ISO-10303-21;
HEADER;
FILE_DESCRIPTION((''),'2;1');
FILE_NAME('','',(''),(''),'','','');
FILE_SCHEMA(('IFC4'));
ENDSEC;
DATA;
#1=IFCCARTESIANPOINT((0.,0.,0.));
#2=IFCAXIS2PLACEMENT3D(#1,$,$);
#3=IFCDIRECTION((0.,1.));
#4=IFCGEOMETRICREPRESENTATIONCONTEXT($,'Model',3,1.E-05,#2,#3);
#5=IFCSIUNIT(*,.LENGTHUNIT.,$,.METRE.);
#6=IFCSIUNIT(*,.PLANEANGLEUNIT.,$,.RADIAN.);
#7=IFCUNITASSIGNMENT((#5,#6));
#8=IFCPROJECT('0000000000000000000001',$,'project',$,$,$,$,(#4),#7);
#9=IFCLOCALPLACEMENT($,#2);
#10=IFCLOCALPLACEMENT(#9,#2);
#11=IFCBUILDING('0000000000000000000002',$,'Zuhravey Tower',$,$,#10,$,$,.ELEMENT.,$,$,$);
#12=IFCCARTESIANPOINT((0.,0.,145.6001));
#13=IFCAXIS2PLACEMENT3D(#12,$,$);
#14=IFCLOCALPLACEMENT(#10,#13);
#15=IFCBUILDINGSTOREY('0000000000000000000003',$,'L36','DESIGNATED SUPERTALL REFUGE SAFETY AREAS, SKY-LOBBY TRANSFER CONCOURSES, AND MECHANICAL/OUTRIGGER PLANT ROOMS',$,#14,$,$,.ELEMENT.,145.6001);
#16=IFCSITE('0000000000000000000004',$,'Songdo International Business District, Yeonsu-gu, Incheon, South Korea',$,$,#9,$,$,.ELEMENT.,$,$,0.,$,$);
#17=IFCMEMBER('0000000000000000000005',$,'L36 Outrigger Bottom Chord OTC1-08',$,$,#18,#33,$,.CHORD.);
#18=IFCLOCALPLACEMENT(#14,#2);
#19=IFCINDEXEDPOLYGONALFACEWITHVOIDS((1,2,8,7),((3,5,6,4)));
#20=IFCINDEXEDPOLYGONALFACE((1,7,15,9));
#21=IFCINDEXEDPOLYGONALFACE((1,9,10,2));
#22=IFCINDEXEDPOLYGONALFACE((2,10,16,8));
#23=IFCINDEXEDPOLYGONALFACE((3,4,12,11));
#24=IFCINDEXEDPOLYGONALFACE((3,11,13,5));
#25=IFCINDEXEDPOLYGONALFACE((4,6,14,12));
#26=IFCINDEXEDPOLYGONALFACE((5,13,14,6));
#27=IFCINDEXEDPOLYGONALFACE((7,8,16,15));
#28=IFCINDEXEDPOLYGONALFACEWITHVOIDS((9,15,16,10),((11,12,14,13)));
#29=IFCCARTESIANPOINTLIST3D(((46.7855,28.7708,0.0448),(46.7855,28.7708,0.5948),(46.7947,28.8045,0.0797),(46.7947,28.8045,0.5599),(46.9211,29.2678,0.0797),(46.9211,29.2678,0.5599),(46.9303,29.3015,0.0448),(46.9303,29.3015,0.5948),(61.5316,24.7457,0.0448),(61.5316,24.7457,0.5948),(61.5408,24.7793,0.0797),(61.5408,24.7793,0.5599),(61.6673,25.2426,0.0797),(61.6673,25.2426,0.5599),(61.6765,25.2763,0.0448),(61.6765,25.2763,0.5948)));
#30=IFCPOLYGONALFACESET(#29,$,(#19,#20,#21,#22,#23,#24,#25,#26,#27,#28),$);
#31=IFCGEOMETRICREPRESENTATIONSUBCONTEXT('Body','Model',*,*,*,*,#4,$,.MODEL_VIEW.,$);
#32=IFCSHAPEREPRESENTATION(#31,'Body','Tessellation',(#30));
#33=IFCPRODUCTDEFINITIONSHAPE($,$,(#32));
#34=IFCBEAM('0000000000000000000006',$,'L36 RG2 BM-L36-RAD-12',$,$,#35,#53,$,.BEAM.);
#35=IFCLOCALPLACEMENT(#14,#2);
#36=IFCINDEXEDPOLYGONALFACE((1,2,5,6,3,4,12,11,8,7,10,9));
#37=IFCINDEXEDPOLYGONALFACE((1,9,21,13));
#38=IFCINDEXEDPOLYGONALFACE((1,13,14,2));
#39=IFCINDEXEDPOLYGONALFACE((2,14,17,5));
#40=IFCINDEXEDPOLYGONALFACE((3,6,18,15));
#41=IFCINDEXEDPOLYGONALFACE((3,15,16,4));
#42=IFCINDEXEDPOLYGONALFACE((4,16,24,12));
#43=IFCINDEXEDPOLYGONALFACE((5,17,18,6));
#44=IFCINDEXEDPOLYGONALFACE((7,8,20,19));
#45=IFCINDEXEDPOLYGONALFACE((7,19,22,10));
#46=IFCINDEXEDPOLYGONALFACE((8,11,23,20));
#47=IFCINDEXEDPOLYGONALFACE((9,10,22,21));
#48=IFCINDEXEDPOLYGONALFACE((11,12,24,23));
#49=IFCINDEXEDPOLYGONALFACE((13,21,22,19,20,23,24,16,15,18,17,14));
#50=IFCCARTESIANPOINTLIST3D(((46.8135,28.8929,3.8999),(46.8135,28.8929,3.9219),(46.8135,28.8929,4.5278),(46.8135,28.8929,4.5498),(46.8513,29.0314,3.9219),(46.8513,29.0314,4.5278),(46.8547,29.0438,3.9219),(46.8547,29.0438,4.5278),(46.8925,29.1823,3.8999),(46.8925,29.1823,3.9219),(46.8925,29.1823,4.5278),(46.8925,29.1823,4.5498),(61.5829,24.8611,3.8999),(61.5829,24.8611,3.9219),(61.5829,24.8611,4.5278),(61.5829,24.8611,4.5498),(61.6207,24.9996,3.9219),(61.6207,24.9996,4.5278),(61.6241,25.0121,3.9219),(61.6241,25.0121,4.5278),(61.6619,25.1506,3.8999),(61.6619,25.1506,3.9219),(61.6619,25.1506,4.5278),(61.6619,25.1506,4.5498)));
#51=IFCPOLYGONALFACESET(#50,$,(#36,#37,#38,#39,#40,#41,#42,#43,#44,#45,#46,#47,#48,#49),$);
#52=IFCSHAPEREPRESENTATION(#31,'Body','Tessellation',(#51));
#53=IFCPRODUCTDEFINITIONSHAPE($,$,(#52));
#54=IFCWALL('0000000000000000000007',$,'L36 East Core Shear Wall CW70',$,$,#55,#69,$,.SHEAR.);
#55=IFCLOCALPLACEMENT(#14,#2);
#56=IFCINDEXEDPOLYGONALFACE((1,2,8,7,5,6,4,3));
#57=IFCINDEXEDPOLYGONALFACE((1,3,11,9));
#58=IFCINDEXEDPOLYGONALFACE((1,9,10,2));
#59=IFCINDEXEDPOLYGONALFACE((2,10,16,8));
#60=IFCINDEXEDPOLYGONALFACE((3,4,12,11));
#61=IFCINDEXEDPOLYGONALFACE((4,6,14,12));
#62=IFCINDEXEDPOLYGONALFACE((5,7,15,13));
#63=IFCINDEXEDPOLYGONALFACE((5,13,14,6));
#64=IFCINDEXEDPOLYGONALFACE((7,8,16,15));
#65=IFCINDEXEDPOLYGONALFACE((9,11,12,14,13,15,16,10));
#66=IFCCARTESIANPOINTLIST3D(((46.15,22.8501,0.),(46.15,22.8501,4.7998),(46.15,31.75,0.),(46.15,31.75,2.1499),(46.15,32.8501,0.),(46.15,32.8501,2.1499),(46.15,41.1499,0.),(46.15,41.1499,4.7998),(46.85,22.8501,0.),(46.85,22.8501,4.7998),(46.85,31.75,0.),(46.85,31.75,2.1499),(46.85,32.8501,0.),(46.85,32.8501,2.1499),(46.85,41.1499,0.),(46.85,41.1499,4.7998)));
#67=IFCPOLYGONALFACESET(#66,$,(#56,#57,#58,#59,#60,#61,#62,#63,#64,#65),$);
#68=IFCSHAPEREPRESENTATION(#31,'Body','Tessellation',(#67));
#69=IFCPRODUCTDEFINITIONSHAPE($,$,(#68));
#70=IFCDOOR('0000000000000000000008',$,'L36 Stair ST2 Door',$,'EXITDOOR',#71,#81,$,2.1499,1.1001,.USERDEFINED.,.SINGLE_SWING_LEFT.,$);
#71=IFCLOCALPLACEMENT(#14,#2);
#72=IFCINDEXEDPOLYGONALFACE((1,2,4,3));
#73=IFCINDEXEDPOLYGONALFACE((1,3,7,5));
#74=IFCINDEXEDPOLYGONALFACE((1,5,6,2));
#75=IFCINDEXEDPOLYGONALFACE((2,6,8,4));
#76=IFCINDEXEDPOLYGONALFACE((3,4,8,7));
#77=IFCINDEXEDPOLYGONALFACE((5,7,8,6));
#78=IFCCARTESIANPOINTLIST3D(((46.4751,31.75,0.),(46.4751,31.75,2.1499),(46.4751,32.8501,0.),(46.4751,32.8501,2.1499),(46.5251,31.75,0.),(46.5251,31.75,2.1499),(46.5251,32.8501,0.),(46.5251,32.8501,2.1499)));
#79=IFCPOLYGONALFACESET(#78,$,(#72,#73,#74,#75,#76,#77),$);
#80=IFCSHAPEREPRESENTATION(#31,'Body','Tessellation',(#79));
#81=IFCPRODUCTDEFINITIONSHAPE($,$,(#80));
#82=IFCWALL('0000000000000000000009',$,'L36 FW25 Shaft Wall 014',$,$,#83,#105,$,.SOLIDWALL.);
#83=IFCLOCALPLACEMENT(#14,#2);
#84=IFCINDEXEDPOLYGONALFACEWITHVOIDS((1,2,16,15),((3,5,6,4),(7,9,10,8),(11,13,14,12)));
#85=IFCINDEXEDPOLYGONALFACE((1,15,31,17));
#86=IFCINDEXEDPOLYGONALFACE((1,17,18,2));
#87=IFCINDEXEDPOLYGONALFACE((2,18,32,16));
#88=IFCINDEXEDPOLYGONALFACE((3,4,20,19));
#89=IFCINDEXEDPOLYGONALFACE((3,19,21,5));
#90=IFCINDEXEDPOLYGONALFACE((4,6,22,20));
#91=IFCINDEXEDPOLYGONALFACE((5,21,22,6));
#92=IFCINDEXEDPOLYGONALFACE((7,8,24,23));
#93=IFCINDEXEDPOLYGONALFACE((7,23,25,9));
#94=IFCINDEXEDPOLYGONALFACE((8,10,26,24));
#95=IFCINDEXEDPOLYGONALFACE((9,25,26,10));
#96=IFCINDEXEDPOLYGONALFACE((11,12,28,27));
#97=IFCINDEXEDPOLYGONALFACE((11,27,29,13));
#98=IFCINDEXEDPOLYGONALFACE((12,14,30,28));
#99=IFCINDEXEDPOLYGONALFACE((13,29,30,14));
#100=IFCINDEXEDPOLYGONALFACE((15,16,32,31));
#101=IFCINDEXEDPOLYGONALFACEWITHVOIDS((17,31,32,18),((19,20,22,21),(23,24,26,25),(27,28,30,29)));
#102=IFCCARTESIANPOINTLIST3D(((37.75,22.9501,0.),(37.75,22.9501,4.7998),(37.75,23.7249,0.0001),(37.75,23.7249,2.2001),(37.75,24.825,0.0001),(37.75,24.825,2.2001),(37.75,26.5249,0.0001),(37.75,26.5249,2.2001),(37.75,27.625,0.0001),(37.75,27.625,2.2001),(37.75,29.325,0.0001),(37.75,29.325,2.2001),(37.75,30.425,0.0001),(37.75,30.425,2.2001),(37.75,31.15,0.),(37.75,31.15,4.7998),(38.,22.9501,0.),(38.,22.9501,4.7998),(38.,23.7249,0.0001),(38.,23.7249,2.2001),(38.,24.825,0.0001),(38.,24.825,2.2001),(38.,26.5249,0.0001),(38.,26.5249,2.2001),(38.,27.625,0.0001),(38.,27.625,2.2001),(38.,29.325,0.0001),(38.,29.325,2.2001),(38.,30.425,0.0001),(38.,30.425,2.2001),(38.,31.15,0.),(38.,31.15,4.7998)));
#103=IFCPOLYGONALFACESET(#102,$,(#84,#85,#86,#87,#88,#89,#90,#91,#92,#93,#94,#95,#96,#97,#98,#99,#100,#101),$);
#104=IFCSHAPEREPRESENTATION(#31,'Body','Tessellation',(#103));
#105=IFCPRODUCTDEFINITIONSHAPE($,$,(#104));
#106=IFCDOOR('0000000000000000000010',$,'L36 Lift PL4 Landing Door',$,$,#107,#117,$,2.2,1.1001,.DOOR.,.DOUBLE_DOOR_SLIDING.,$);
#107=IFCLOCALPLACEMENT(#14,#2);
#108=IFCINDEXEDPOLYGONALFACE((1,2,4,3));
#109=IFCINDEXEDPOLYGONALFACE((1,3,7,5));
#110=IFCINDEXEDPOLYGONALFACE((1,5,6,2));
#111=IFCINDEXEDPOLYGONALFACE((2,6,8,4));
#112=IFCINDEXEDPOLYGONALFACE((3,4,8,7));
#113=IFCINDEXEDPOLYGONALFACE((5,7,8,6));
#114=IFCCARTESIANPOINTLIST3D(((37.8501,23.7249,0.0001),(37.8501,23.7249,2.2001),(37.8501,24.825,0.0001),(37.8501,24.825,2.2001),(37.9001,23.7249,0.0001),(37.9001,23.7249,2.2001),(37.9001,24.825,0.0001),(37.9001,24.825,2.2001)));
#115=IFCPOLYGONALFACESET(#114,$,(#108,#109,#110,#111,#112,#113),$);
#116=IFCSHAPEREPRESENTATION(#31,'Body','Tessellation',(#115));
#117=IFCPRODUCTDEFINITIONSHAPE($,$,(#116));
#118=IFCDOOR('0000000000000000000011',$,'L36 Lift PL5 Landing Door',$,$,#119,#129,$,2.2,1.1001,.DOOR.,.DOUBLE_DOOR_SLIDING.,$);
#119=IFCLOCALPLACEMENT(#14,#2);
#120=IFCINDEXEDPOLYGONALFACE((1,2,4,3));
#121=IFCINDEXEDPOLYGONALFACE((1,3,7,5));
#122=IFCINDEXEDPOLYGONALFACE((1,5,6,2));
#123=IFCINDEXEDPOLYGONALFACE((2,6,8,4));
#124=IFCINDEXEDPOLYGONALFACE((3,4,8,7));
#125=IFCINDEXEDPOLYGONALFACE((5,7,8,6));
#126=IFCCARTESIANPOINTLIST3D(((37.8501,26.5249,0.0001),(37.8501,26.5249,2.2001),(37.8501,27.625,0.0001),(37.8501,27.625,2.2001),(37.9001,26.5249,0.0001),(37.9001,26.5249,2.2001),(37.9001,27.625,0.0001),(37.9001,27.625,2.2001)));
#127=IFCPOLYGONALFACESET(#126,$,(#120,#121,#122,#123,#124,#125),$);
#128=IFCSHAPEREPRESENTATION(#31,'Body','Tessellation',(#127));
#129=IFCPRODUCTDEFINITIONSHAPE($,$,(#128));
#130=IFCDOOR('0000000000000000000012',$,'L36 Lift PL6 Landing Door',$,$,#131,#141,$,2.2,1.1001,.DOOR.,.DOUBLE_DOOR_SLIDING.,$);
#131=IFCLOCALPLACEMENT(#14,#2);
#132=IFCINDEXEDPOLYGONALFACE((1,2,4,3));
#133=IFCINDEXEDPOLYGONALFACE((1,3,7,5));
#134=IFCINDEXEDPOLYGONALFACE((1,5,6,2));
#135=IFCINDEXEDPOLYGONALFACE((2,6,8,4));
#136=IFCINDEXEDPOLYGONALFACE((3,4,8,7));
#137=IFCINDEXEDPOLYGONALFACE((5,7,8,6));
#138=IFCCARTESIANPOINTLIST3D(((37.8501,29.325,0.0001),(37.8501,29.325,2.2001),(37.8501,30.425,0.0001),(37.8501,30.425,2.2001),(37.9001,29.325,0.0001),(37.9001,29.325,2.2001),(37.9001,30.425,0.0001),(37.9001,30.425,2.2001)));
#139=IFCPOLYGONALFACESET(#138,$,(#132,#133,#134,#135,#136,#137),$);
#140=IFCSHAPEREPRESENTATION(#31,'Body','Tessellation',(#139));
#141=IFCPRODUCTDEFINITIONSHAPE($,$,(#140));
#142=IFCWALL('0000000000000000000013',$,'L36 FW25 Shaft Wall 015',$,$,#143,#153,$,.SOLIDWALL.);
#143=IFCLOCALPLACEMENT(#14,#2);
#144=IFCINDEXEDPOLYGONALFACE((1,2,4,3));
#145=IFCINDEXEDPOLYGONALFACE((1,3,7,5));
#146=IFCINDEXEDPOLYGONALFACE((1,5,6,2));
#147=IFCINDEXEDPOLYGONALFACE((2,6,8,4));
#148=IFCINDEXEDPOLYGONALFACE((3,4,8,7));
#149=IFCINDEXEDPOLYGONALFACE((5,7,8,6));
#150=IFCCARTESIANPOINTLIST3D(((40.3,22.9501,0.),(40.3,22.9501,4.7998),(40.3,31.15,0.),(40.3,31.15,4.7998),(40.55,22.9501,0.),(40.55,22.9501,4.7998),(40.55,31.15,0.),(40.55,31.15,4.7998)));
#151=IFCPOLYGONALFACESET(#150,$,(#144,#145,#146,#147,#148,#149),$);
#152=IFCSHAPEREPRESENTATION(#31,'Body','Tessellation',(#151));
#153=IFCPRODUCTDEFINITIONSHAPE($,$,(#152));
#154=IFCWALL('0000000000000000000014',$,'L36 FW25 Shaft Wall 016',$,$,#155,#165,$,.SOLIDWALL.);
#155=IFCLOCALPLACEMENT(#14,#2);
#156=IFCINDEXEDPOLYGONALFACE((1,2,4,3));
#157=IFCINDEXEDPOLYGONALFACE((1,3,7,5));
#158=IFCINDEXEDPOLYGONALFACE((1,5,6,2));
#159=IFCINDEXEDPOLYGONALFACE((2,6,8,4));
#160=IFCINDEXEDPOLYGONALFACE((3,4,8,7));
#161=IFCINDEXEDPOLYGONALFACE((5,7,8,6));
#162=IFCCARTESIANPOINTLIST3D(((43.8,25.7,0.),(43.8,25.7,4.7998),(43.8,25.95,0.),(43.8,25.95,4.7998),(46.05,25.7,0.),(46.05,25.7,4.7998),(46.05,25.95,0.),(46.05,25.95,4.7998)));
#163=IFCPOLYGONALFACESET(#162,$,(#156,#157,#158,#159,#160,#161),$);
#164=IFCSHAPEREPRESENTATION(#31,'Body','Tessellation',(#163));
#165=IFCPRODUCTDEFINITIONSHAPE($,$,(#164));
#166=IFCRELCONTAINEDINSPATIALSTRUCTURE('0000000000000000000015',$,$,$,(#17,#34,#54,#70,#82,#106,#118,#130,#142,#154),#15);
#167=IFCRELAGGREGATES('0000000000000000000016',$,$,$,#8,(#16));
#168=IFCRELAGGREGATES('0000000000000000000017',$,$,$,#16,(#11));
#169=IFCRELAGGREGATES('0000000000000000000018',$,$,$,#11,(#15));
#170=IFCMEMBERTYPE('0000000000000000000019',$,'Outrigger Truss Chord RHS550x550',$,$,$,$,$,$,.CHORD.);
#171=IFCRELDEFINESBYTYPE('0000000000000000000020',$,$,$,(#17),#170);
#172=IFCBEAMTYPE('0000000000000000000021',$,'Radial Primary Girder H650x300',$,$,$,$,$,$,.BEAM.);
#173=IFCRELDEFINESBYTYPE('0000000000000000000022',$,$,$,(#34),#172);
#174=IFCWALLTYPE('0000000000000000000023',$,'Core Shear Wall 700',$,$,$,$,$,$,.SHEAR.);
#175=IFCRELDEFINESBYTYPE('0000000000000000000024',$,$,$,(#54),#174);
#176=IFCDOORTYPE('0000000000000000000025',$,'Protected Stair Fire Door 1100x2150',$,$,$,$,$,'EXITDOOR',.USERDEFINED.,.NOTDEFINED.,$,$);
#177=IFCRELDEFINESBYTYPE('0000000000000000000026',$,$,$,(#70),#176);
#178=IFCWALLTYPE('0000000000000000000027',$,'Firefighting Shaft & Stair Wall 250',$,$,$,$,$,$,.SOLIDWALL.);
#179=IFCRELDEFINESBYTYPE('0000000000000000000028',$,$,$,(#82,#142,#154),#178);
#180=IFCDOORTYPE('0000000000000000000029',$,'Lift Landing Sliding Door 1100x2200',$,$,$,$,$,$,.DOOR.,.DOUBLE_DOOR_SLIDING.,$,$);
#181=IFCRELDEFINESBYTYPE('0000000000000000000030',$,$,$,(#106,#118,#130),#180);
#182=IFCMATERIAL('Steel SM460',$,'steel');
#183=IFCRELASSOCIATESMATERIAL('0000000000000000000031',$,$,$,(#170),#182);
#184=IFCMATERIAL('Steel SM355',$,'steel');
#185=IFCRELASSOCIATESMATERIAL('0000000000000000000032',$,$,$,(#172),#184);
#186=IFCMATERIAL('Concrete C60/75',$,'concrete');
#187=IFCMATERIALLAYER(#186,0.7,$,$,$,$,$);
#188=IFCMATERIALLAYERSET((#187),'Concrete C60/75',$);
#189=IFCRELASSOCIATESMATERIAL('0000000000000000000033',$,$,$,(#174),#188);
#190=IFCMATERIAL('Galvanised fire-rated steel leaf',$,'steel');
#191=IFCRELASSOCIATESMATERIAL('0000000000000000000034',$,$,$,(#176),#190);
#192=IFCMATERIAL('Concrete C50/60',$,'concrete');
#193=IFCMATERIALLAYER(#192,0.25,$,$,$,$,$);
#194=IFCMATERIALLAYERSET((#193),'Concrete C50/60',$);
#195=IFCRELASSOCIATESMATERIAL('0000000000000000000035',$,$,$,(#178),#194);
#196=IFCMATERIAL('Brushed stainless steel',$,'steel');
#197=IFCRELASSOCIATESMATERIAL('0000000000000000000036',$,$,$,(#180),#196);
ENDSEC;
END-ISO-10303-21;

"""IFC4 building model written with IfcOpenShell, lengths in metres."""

from ifc_helpers import new_model, si_unit, direction, frame, frame_2d, origin, origin_2d, place, context, subcontext, project, spatial, rectangle, hollow_rectangle, i_section, extrude, material, layer, layer_set, material_profile, profile_set, type_object, element, fill, save


model = new_model("IFC4")

# Units and contexts
model_context = context("Model", 3, precision=1e-05, world=origin(), true_north=direction((0.0, 1.0)))
body_context = subcontext(model_context, "Body", "Model", "MODEL_VIEW")
ifc_project = project(units=[si_unit("LENGTHUNIT", "METRE"), si_unit("PLANEANGLEUNIT", "RADIAN")], contexts=[model_context])

# Site, building, storey
site_placement = place(None, origin())
site = spatial("IfcSite", under=ifc_project, at=site_placement, Name="Songdo International Business District, Yeonsu-gu, Incheon, South Korea", CompositionType="ELEMENT", RefElevation=0.0)
building_placement = place(site_placement, origin())
building = spatial("IfcBuilding", under=site, at=building_placement, Name="Zuhravey Tower", CompositionType="ELEMENT")
storey_placement = place(building_placement, frame((0.0, 0.0, 145.6001)))
storey = spatial("IfcBuildingStorey", under=building, at=storey_placement, Name="L36", Description="DESIGNATED SUPERTALL REFUGE SAFETY AREAS, SKY-LOBBY TRANSFER CONCOURSES, AND MECHANICAL/OUTRIGGER PLANT ROOMS", CompositionType="ELEMENT", Elevation=145.6001)

# Member
ifc_material_1 = material(Name="Steel SM460", Category="steel")
ifc_material_profile_1 = material_profile(ifc_material_1, hollow_rectangle(XDim=0.55, YDim=0.55, WallThickness=0.0349, at=origin_2d()), Name="RHS-550x550x35")
ifc_profile_set_1 = profile_set([ifc_material_profile_1], Name="Steel SM460")
member_type = type_object("IfcMemberType", Name="Outrigger Truss Chord RHS550x550", PredefinedType="CHORD", material=ifc_profile_set_1)
member_placement = place(storey_placement, frame((46.8579, 29.0361, 0.3198), z_axis=(0.964706, -0.26333, 0.0), x_axis=(0.26333, 0.964706, 0.0)))
element("IfcMember", 1, at=member_placement, inside=storey, type_object=member_type, Name="L36 Outrigger Bottom Chord OTC1-08", PredefinedType="CHORD", context=body_context, shape_type="SweptSolid", body=[
    extrude(hollow_rectangle(XDim=0.55, YDim=0.55, WallThickness=0.0349, at=origin_2d()), origin(), (0.0, 0.0, 1.0), 15.2856),
])

# Beam
ifc_material_2 = material(Name="Steel SM355", Category="steel")
ifc_material_profile_2 = material_profile(ifc_material_2, i_section(OverallWidth=0.3, OverallDepth=0.6499, WebThickness=0.0129, FlangeThickness=0.022, at=origin_2d()), Name="H-650x300x13x22")
ifc_profile_set_2 = profile_set([ifc_material_profile_2], Name="Steel SM355")
beam_type = type_object("IfcBeamType", Name="Radial Primary Girder H650x300", PredefinedType="BEAM", material=ifc_profile_set_2)
beam_placement = place(storey_placement, frame((46.853, 29.0376, 4.2249), z_axis=(0.964702, -0.263345, 0.0), x_axis=(0.263345, 0.964702, 0.0)))
element("IfcBeam", 2, at=beam_placement, inside=storey, type_object=beam_type, Name="L36 RG2 BM-L36-RAD-12", PredefinedType="BEAM", context=body_context, shape_type="SweptSolid", body=[
    extrude(i_section(OverallWidth=0.3, OverallDepth=0.6499, WebThickness=0.0129, FlangeThickness=0.022, at=origin_2d()), origin(), (0.0, 0.0, 1.0), 15.3098),
])

# Wall, opening, door
ifc_material_3 = material(Name="Concrete C60/75", Category="concrete")
ifc_layer_1 = layer(ifc_material_3, 0.7)
ifc_layer_set_1 = layer_set([ifc_layer_1], Name="Concrete C60/75")
wall_type_1 = type_object("IfcWallType", Name="Core Shear Wall 700", PredefinedType="SHEAR", material=ifc_layer_set_1)
wall_1_placement = place(storey_placement, frame((46.5, 22.8501, 0.0), z_axis=(0.0, 0.0, 1.0), x_axis=(0.0, 1.0, 0.0)))
wall_1 = element("IfcWall", 3, at=wall_1_placement, inside=storey, type_object=wall_type_1, Name="L36 East Core Shear Wall CW70", PredefinedType="SHEAR", context=body_context, shape_type="SweptSolid", body=[
    extrude(rectangle(XDim=18.2998, YDim=0.7, at=frame_2d((9.1499, 0.0))), origin(), (0.0, 0.0, 1.0), 4.7998),
])
opening_1_placement = place(wall_1_placement, frame((8.8999, 0.0, 0.0)))
opening_1 = element("IfcOpeningElement", 4, at=opening_1_placement, cuts=wall_1, PredefinedType="OPENING", context=body_context, shape_type="SweptSolid", body=[
    extrude(rectangle(XDim=1.1001, YDim=2.1499, at=frame_2d((0.55, 1.075))), frame((0.0, 0.3621, 0.0), z_axis=(0.0, -1.0, 0.0), x_axis=(1.0, 0.0, 0.0)), (0.0, 0.0, 1.0), 0.7239),
])
ifc_material_4 = material(Name="Galvanised fire-rated steel leaf", Category="steel")
door_type_1 = type_object("IfcDoorType", Name="Protected Stair Fire Door 1100x2150", ElementType="EXITDOOR", OperationType="NOTDEFINED", PredefinedType="USERDEFINED", material=ifc_material_4)
door_1_placement = place(opening_1_placement, origin())
door_1 = element("IfcDoor", 5, at=door_1_placement, inside=storey, type_object=door_type_1, Name="L36 Stair ST2 Door", ObjectType="EXITDOOR", OperationType="SINGLE_SWING_LEFT", OverallHeight=2.1499, OverallWidth=1.1001, PredefinedType="USERDEFINED", context=body_context, shape_type="SweptSolid", body=[
    extrude(rectangle(XDim=1.1001, YDim=2.1499, at=frame_2d((0.55, 1.075))), frame((0.0, 0.0249, 0.0), z_axis=(0.0, -1.0, 0.0), x_axis=(1.0, 0.0, 0.0)), (0.0, 0.0, 1.0), 0.05),
])
fill(opening_1, door_1)

# Wall, openings, doors
ifc_material_5 = material(Name="Concrete C50/60", Category="concrete")
ifc_layer_2 = layer(ifc_material_5, 0.25)
ifc_layer_set_2 = layer_set([ifc_layer_2], Name="Concrete C50/60")
wall_type_2 = type_object("IfcWallType", Name="Firefighting Shaft & Stair Wall 250", PredefinedType="SOLIDWALL", material=ifc_layer_set_2)
wall_2_placement = place(storey_placement, frame((37.875, 22.95, 0.0), z_axis=(0.0, 0.0, 1.0), x_axis=(0.0, 1.0, 0.0)))
wall_2 = element("IfcWall", 6, at=wall_2_placement, inside=storey, type_object=wall_type_2, Name="L36 FW25 Shaft Wall 014", PredefinedType="SOLIDWALL", context=body_context, shape_type="SweptSolid", body=[
    extrude(rectangle(XDim=8.2, YDim=0.25, at=frame_2d((4.1001, 0.0))), origin(), (0.0, 0.0, 1.0), 4.7998),
])
opening_2_placement = place(wall_2_placement, frame((0.7749, 0.0, 0.0)))
opening_2 = element("IfcOpeningElement", 7, at=opening_2_placement, cuts=wall_2, PredefinedType="OPENING", context=body_context, shape_type="SweptSolid", body=[
    extrude(rectangle(XDim=1.1001, YDim=2.2, at=frame_2d((0.55, 1.1001))), frame((0.0, 0.137, 0.0), z_axis=(0.0, -1.0, 0.0), x_axis=(1.0, 0.0, 0.0)), (0.0, 0.0, 1.0), 0.2739),
])
opening_3_placement = place(wall_2_placement, frame((3.575, 0.0, 0.0)))
opening_3 = element("IfcOpeningElement", 8, at=opening_3_placement, cuts=wall_2, PredefinedType="OPENING", context=body_context, shape_type="SweptSolid", body=[
    extrude(rectangle(XDim=1.1001, YDim=2.2, at=frame_2d((0.55, 1.1001))), frame((0.0, 0.137, 0.0), z_axis=(0.0, -1.0, 0.0), x_axis=(1.0, 0.0, 0.0)), (0.0, 0.0, 1.0), 0.2739),
])
opening_4_placement = place(wall_2_placement, frame((6.375, 0.0, 0.0)))
opening_4 = element("IfcOpeningElement", 9, at=opening_4_placement, cuts=wall_2, PredefinedType="OPENING", context=body_context, shape_type="SweptSolid", body=[
    extrude(rectangle(XDim=1.1001, YDim=2.2, at=frame_2d((0.55, 1.1001))), frame((0.0, 0.137, 0.0), z_axis=(0.0, -1.0, 0.0), x_axis=(1.0, 0.0, 0.0)), (0.0, 0.0, 1.0), 0.2739),
])
ifc_material_6 = material(Name="Brushed stainless steel", Category="steel")
door_type_2 = type_object("IfcDoorType", Name="Lift Landing Sliding Door 1100x2200", OperationType="DOUBLE_DOOR_SLIDING", PredefinedType="DOOR", material=ifc_material_6)
door_2_placement = place(opening_2_placement, origin())
door_2 = element("IfcDoor", 10, at=door_2_placement, inside=storey, type_object=door_type_2, Name="L36 Lift PL4 Landing Door", OperationType="DOUBLE_DOOR_SLIDING", OverallHeight=2.2, OverallWidth=1.1001, PredefinedType="DOOR", context=body_context, shape_type="SweptSolid", body=[
    extrude(rectangle(XDim=1.1001, YDim=2.2, at=frame_2d((0.55, 1.1001))), frame((0.0, 0.0249, 0.0), z_axis=(0.0, -1.0, 0.0), x_axis=(1.0, 0.0, 0.0)), (0.0, 0.0, 1.0), 0.05),
])
fill(opening_2, door_2)
door_3_placement = place(opening_3_placement, origin())
door_3 = element("IfcDoor", 11, at=door_3_placement, inside=storey, type_object=door_type_2, Name="L36 Lift PL5 Landing Door", OperationType="DOUBLE_DOOR_SLIDING", OverallHeight=2.2, OverallWidth=1.1001, PredefinedType="DOOR", context=body_context, shape_type="SweptSolid", body=[
    extrude(rectangle(XDim=1.1001, YDim=2.2, at=frame_2d((0.55, 1.1001))), frame((0.0, 0.0249, 0.0), z_axis=(0.0, -1.0, 0.0), x_axis=(1.0, 0.0, 0.0)), (0.0, 0.0, 1.0), 0.05),
])
fill(opening_3, door_3)
door_4_placement = place(opening_4_placement, origin())
door_4 = element("IfcDoor", 12, at=door_4_placement, inside=storey, type_object=door_type_2, Name="L36 Lift PL6 Landing Door", OperationType="DOUBLE_DOOR_SLIDING", OverallHeight=2.2, OverallWidth=1.1001, PredefinedType="DOOR", context=body_context, shape_type="SweptSolid", body=[
    extrude(rectangle(XDim=1.1001, YDim=2.2, at=frame_2d((0.55, 1.1001))), frame((0.0, 0.0249, 0.0), z_axis=(0.0, -1.0, 0.0), x_axis=(1.0, 0.0, 0.0)), (0.0, 0.0, 1.0), 0.05),
])
fill(opening_4, door_4)

# Walls
wall_3_placement = place(storey_placement, frame((40.425, 22.95, 0.0), z_axis=(0.0, 0.0, 1.0), x_axis=(0.0, 1.0, 0.0)))
element("IfcWall", 13, at=wall_3_placement, inside=storey, type_object=wall_type_2, Name="L36 FW25 Shaft Wall 015", PredefinedType="SOLIDWALL", context=body_context, shape_type="SweptSolid", body=[
    extrude(rectangle(XDim=8.2, YDim=0.25, at=frame_2d((4.1001, 0.0))), origin(), (0.0, 0.0, 1.0), 4.7998),
])
for number, where, z_axis, x_axis, name in (
    (14, (43.8, 25.825, 0.0), (0.0, 0.0, 1.0), (1.0, 0.0, 0.0), "L36 FW25 Shaft Wall 016"),
):
    element("IfcWall", number, at=place(storey_placement, frame(where, z_axis=z_axis, x_axis=x_axis)), inside=storey, type_object=wall_type_2, Name=name, PredefinedType="SOLIDWALL", context=body_context, shape_type="SweptSolid", body=[
        extrude(rectangle(XDim=2.25, YDim=0.25, at=frame_2d((1.125, 0.0))), origin(), (0.0, 0.0, 1.0), 4.7998),
    ])

save(model, "model.ifc")
